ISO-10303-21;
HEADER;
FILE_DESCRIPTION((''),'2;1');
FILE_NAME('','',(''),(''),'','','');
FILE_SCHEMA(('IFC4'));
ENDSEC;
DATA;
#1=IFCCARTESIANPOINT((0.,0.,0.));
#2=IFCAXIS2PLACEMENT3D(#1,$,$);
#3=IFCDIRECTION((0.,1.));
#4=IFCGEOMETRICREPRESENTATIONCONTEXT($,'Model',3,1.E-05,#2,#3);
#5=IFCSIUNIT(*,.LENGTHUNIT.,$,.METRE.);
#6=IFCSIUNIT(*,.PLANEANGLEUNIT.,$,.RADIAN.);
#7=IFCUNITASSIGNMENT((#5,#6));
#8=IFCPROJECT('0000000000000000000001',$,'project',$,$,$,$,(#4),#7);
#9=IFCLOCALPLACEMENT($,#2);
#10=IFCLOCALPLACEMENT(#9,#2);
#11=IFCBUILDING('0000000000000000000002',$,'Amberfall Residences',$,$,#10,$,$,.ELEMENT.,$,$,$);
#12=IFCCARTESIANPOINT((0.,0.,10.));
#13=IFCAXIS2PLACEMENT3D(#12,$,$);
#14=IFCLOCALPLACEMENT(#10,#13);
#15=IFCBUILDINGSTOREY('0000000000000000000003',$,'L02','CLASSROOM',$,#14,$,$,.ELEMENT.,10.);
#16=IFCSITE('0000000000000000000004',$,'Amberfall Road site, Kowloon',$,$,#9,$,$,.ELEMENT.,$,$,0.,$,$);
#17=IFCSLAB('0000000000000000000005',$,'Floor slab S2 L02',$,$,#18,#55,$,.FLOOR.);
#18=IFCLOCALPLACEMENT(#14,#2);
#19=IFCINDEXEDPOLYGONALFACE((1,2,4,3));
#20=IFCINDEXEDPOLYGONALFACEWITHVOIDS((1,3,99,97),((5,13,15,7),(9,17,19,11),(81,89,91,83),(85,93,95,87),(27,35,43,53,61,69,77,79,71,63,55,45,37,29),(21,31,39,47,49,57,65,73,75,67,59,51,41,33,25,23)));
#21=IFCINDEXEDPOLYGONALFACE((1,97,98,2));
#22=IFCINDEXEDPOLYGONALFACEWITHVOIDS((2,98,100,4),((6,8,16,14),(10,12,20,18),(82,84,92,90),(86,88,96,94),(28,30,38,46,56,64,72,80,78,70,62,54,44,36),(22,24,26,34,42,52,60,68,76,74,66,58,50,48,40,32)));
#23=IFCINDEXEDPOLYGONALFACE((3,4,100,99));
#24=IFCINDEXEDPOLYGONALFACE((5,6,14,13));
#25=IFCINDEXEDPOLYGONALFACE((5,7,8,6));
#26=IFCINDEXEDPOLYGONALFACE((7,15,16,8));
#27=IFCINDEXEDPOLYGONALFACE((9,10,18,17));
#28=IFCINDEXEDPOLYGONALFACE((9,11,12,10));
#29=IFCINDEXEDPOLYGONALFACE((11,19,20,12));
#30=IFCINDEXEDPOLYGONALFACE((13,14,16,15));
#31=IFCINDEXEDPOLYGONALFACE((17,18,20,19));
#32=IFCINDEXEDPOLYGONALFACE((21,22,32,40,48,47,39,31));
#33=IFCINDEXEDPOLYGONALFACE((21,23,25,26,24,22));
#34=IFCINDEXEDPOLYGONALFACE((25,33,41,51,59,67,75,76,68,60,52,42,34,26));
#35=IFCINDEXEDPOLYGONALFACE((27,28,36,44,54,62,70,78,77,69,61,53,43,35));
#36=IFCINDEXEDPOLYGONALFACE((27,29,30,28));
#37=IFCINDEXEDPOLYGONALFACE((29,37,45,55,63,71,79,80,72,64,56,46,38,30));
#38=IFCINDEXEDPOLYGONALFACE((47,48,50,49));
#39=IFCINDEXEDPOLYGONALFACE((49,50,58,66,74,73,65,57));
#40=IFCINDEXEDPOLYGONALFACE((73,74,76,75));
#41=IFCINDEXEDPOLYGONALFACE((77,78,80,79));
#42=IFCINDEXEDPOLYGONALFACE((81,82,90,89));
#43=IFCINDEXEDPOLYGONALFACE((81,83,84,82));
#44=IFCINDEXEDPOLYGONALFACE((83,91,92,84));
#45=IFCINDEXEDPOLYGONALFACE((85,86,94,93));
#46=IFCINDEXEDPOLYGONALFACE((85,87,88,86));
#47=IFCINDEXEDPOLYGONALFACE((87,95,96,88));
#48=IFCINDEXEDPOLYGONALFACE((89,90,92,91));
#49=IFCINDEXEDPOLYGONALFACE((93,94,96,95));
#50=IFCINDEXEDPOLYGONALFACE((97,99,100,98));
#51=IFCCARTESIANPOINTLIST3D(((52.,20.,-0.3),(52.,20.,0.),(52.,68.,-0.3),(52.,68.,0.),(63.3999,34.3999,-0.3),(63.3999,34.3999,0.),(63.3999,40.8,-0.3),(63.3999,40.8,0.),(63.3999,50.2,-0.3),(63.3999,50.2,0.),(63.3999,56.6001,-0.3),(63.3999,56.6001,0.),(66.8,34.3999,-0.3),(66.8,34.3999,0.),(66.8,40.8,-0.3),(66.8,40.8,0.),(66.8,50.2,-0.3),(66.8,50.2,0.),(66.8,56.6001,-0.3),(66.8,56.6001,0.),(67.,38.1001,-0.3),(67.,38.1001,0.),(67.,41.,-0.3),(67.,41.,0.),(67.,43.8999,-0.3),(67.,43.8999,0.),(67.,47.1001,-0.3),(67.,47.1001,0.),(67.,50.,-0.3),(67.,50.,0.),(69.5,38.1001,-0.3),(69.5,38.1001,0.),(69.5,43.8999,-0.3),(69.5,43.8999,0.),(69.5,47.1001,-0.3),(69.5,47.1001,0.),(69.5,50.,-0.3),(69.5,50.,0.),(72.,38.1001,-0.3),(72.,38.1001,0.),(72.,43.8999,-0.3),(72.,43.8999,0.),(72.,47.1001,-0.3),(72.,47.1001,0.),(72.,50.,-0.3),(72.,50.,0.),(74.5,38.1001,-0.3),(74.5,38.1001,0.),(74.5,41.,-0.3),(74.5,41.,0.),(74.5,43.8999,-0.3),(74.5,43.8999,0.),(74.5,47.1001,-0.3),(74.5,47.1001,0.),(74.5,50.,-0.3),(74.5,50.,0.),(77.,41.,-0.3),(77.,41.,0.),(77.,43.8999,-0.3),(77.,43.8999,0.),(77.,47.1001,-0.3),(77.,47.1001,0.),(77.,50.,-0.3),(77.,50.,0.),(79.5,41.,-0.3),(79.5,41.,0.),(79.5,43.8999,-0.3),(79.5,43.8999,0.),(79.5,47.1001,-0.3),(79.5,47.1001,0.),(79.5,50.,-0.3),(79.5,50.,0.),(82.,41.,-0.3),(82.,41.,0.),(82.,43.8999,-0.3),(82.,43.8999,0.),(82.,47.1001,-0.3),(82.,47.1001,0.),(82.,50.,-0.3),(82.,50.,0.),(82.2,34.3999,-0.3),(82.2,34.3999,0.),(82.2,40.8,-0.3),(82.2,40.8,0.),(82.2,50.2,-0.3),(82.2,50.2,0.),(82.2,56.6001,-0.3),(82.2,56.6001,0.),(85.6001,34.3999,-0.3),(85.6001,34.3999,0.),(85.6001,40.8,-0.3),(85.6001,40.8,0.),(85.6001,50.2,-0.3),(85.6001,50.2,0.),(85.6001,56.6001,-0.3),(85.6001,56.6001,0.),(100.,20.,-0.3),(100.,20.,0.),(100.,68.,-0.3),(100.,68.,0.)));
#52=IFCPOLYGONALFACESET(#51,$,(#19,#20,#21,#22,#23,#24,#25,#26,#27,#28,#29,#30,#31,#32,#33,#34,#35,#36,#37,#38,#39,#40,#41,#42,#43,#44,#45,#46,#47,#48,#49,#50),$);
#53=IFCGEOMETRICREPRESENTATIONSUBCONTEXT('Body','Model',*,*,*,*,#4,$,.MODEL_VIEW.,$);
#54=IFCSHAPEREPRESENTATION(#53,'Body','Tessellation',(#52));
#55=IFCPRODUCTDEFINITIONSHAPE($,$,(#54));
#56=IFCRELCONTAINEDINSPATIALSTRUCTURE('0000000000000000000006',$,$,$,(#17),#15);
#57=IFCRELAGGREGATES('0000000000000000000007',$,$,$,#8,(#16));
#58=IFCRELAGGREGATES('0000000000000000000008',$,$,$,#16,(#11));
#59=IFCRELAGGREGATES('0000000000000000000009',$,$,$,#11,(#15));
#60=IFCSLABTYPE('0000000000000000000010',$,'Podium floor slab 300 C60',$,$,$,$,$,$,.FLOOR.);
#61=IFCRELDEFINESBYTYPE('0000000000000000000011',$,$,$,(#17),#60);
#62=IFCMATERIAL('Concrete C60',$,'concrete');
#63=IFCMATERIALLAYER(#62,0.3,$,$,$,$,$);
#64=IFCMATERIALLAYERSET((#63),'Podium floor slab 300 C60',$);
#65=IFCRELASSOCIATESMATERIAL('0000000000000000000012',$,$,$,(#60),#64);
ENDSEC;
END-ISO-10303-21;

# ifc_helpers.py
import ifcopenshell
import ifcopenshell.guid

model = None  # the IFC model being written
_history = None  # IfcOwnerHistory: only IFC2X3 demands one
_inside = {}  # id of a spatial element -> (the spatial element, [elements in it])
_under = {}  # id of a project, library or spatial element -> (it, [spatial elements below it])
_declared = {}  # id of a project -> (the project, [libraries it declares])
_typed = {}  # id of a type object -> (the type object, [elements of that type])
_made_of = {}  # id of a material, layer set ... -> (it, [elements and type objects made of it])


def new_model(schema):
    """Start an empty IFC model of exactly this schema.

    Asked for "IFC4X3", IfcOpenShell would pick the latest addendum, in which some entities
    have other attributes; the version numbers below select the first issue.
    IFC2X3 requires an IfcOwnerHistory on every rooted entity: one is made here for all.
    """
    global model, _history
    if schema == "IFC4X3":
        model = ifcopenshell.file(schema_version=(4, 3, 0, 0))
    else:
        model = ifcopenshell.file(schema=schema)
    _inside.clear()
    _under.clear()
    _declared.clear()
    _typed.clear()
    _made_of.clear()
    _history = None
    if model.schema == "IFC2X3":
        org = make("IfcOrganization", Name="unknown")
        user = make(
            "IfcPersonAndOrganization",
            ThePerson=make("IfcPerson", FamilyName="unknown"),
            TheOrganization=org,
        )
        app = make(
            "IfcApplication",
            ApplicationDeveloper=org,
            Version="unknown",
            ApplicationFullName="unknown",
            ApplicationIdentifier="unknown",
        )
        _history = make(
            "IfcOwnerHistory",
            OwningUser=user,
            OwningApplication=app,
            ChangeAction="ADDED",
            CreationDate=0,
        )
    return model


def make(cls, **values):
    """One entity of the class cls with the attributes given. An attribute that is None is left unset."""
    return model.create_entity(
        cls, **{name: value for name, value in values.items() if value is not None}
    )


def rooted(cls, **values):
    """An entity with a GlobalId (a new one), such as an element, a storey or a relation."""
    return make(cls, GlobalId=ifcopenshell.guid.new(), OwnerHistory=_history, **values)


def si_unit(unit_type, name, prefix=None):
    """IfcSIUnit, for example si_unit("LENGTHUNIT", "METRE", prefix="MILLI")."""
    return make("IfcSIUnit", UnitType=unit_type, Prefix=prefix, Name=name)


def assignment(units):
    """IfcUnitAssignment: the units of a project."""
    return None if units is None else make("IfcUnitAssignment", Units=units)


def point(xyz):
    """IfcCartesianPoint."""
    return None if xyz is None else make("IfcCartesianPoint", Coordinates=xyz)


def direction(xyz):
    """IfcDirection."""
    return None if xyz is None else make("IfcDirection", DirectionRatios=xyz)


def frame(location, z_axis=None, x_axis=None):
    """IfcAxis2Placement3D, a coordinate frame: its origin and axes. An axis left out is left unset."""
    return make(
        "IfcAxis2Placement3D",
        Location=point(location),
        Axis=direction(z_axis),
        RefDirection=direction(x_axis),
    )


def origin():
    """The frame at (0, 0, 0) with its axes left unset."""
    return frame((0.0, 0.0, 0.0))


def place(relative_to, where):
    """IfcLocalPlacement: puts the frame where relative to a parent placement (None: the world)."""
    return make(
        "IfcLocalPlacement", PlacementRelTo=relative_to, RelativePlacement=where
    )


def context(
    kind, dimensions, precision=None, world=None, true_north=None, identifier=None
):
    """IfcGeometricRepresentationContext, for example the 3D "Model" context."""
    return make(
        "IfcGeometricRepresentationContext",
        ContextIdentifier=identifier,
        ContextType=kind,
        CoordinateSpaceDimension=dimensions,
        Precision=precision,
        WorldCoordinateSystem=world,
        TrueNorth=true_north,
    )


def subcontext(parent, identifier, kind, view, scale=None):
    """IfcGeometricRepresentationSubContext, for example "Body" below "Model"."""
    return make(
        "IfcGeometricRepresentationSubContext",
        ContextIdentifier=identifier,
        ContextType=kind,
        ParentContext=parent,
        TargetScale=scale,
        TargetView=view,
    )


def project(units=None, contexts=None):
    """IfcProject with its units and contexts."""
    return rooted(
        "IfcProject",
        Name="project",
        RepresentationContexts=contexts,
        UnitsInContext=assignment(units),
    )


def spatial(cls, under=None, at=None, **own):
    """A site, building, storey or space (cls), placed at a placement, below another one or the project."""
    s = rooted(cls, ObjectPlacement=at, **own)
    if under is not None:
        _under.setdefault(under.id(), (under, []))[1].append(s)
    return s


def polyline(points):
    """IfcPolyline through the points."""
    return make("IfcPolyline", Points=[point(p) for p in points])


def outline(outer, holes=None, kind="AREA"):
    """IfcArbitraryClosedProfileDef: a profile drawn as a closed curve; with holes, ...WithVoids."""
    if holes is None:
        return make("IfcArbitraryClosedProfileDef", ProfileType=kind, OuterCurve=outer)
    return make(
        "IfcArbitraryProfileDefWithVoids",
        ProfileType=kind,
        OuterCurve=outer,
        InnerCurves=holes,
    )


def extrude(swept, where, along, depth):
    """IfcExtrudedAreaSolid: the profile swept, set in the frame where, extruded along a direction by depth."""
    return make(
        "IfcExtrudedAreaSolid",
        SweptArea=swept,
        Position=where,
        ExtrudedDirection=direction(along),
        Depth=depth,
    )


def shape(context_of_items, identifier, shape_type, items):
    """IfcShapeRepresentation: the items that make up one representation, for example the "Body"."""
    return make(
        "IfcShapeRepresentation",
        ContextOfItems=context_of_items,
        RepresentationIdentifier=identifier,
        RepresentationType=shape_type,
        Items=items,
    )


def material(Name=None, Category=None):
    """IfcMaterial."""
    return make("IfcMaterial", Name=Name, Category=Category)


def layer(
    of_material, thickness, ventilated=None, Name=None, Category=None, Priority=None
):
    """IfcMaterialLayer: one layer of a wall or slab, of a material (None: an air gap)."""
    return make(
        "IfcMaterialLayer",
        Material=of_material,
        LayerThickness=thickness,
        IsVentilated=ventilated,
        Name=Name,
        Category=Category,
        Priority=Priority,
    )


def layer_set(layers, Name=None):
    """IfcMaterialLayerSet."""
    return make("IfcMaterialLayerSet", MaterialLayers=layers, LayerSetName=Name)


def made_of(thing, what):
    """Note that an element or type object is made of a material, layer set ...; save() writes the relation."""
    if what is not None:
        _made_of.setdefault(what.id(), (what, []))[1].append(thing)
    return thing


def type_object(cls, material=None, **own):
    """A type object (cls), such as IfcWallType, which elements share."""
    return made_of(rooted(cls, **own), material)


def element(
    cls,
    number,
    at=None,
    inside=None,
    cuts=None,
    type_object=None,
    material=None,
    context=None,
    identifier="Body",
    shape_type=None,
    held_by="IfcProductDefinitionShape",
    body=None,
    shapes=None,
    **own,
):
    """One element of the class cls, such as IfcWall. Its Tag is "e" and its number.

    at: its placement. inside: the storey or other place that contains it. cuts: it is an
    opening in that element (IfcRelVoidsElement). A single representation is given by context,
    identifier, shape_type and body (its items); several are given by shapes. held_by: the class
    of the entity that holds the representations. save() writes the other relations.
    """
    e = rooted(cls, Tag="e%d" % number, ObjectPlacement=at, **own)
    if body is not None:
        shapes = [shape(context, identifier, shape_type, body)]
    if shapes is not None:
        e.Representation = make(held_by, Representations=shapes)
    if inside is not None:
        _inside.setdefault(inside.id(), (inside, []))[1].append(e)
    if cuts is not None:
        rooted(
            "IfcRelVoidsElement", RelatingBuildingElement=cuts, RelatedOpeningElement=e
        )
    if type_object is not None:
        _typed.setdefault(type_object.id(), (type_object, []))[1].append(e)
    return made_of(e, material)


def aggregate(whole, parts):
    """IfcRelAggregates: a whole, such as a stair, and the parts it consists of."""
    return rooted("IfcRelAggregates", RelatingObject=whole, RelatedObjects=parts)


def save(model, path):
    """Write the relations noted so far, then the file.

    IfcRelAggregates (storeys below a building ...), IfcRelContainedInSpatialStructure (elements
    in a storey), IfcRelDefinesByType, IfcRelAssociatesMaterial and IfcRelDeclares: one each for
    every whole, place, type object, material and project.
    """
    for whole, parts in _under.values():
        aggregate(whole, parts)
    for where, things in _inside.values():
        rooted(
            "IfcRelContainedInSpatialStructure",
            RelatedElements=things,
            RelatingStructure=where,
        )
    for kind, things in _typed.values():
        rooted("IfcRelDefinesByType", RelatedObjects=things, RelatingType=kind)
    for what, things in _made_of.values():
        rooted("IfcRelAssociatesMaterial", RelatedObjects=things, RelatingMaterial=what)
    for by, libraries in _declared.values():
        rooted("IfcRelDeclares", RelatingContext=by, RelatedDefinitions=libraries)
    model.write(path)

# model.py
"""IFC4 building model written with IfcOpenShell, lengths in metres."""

from ifc_helpers import new_model, si_unit, direction, frame, origin, place, context, subcontext, project, spatial, polyline, outline, extrude, material, layer, layer_set, type_object, element, save


model = new_model("IFC4")

# Units and contexts
model_context = context("Model", 3, precision=1e-05, world=origin(), true_north=direction((0.0, 1.0)))
body_context = subcontext(model_context, "Body", "Model", "MODEL_VIEW")
ifc_project = project(units=[si_unit("LENGTHUNIT", "METRE"), si_unit("PLANEANGLEUNIT", "RADIAN")], contexts=[model_context])

# Site, building, storey
site_placement = place(None, origin())
site = spatial("IfcSite", under=ifc_project, at=site_placement, Name="Amberfall Road site, Kowloon", CompositionType="ELEMENT", RefElevation=0.0)
building_placement = place(site_placement, origin())
building = spatial("IfcBuilding", under=site, at=building_placement, Name="Amberfall Residences", CompositionType="ELEMENT")
storey_placement = place(building_placement, frame((0.0, 0.0, 10.0)))
storey = spatial("IfcBuildingStorey", under=building, at=storey_placement, Name="L02", Description="CLASSROOM", CompositionType="ELEMENT", Elevation=10.0)

# Slab
ifc_material_1 = material(Name="Concrete C60", Category="concrete")
ifc_layer_1 = layer(ifc_material_1, 0.3)
ifc_layer_set_1 = layer_set([ifc_layer_1], Name="Podium floor slab 300 C60")
slab_type_1 = type_object("IfcSlabType", Name="Podium floor slab 300 C60", PredefinedType="FLOOR", material=ifc_layer_set_1)
slab_1_placement = place(storey_placement, frame((0.0, 0.0, -0.3)))
element("IfcSlab", 1, at=slab_1_placement, inside=storey, type_object=slab_type_1, Name="Floor slab S2 L02", PredefinedType="FLOOR", context=body_context, shape_type="SweptSolid", body=[
    extrude(outline(polyline([(52.0, 68.0), (100.0, 68.0), (100.0, 20.0), (52.0, 20.0), (52.0, 68.0)]), holes=[polyline([(85.6001, 34.3999), (85.6001, 40.8), (82.2, 40.8), (82.2, 34.3999), (85.6001, 34.3999)]), polyline([(82.2, 50.2), (85.6001, 50.2), (85.6001, 56.6001), (82.2, 56.6001), (82.2, 50.2)]), polyline([(69.5, 50.0), (67.0, 50.0), (67.0, 47.1001), (69.5, 47.1001), (72.0, 47.1001), (74.5, 47.1001), (77.0, 47.1001), (79.5, 47.1001), (82.0, 47.1001), (82.0, 50.0), (79.5, 50.0), (77.0, 50.0), (74.5, 50.0), (72.0, 50.0), (69.5, 50.0)]), polyline([(74.5, 41.0), (77.0, 41.0), (79.5, 41.0), (82.0, 41.0), (82.0, 43.8999), (79.5, 43.8999), (77.0, 43.8999), (74.5, 43.8999), (72.0, 43.8999), (69.5, 43.8999), (67.0, 43.8999), (67.0, 41.0), (67.0, 38.1001), (69.5, 38.1001), (72.0, 38.1001), (74.5, 38.1001), (74.5, 41.0)]), polyline([(66.8, 34.3999), (66.8, 40.8), (63.3999, 40.8), (63.3999, 34.3999), (66.8, 34.3999)]), polyline([(66.8, 50.2), (66.8, 56.6001), (63.3999, 56.6001), (63.3999, 50.2), (66.8, 50.2)])]), origin(), (0.0, 0.0, 1.0), 0.3),
])

save(model, "model.ifc")
